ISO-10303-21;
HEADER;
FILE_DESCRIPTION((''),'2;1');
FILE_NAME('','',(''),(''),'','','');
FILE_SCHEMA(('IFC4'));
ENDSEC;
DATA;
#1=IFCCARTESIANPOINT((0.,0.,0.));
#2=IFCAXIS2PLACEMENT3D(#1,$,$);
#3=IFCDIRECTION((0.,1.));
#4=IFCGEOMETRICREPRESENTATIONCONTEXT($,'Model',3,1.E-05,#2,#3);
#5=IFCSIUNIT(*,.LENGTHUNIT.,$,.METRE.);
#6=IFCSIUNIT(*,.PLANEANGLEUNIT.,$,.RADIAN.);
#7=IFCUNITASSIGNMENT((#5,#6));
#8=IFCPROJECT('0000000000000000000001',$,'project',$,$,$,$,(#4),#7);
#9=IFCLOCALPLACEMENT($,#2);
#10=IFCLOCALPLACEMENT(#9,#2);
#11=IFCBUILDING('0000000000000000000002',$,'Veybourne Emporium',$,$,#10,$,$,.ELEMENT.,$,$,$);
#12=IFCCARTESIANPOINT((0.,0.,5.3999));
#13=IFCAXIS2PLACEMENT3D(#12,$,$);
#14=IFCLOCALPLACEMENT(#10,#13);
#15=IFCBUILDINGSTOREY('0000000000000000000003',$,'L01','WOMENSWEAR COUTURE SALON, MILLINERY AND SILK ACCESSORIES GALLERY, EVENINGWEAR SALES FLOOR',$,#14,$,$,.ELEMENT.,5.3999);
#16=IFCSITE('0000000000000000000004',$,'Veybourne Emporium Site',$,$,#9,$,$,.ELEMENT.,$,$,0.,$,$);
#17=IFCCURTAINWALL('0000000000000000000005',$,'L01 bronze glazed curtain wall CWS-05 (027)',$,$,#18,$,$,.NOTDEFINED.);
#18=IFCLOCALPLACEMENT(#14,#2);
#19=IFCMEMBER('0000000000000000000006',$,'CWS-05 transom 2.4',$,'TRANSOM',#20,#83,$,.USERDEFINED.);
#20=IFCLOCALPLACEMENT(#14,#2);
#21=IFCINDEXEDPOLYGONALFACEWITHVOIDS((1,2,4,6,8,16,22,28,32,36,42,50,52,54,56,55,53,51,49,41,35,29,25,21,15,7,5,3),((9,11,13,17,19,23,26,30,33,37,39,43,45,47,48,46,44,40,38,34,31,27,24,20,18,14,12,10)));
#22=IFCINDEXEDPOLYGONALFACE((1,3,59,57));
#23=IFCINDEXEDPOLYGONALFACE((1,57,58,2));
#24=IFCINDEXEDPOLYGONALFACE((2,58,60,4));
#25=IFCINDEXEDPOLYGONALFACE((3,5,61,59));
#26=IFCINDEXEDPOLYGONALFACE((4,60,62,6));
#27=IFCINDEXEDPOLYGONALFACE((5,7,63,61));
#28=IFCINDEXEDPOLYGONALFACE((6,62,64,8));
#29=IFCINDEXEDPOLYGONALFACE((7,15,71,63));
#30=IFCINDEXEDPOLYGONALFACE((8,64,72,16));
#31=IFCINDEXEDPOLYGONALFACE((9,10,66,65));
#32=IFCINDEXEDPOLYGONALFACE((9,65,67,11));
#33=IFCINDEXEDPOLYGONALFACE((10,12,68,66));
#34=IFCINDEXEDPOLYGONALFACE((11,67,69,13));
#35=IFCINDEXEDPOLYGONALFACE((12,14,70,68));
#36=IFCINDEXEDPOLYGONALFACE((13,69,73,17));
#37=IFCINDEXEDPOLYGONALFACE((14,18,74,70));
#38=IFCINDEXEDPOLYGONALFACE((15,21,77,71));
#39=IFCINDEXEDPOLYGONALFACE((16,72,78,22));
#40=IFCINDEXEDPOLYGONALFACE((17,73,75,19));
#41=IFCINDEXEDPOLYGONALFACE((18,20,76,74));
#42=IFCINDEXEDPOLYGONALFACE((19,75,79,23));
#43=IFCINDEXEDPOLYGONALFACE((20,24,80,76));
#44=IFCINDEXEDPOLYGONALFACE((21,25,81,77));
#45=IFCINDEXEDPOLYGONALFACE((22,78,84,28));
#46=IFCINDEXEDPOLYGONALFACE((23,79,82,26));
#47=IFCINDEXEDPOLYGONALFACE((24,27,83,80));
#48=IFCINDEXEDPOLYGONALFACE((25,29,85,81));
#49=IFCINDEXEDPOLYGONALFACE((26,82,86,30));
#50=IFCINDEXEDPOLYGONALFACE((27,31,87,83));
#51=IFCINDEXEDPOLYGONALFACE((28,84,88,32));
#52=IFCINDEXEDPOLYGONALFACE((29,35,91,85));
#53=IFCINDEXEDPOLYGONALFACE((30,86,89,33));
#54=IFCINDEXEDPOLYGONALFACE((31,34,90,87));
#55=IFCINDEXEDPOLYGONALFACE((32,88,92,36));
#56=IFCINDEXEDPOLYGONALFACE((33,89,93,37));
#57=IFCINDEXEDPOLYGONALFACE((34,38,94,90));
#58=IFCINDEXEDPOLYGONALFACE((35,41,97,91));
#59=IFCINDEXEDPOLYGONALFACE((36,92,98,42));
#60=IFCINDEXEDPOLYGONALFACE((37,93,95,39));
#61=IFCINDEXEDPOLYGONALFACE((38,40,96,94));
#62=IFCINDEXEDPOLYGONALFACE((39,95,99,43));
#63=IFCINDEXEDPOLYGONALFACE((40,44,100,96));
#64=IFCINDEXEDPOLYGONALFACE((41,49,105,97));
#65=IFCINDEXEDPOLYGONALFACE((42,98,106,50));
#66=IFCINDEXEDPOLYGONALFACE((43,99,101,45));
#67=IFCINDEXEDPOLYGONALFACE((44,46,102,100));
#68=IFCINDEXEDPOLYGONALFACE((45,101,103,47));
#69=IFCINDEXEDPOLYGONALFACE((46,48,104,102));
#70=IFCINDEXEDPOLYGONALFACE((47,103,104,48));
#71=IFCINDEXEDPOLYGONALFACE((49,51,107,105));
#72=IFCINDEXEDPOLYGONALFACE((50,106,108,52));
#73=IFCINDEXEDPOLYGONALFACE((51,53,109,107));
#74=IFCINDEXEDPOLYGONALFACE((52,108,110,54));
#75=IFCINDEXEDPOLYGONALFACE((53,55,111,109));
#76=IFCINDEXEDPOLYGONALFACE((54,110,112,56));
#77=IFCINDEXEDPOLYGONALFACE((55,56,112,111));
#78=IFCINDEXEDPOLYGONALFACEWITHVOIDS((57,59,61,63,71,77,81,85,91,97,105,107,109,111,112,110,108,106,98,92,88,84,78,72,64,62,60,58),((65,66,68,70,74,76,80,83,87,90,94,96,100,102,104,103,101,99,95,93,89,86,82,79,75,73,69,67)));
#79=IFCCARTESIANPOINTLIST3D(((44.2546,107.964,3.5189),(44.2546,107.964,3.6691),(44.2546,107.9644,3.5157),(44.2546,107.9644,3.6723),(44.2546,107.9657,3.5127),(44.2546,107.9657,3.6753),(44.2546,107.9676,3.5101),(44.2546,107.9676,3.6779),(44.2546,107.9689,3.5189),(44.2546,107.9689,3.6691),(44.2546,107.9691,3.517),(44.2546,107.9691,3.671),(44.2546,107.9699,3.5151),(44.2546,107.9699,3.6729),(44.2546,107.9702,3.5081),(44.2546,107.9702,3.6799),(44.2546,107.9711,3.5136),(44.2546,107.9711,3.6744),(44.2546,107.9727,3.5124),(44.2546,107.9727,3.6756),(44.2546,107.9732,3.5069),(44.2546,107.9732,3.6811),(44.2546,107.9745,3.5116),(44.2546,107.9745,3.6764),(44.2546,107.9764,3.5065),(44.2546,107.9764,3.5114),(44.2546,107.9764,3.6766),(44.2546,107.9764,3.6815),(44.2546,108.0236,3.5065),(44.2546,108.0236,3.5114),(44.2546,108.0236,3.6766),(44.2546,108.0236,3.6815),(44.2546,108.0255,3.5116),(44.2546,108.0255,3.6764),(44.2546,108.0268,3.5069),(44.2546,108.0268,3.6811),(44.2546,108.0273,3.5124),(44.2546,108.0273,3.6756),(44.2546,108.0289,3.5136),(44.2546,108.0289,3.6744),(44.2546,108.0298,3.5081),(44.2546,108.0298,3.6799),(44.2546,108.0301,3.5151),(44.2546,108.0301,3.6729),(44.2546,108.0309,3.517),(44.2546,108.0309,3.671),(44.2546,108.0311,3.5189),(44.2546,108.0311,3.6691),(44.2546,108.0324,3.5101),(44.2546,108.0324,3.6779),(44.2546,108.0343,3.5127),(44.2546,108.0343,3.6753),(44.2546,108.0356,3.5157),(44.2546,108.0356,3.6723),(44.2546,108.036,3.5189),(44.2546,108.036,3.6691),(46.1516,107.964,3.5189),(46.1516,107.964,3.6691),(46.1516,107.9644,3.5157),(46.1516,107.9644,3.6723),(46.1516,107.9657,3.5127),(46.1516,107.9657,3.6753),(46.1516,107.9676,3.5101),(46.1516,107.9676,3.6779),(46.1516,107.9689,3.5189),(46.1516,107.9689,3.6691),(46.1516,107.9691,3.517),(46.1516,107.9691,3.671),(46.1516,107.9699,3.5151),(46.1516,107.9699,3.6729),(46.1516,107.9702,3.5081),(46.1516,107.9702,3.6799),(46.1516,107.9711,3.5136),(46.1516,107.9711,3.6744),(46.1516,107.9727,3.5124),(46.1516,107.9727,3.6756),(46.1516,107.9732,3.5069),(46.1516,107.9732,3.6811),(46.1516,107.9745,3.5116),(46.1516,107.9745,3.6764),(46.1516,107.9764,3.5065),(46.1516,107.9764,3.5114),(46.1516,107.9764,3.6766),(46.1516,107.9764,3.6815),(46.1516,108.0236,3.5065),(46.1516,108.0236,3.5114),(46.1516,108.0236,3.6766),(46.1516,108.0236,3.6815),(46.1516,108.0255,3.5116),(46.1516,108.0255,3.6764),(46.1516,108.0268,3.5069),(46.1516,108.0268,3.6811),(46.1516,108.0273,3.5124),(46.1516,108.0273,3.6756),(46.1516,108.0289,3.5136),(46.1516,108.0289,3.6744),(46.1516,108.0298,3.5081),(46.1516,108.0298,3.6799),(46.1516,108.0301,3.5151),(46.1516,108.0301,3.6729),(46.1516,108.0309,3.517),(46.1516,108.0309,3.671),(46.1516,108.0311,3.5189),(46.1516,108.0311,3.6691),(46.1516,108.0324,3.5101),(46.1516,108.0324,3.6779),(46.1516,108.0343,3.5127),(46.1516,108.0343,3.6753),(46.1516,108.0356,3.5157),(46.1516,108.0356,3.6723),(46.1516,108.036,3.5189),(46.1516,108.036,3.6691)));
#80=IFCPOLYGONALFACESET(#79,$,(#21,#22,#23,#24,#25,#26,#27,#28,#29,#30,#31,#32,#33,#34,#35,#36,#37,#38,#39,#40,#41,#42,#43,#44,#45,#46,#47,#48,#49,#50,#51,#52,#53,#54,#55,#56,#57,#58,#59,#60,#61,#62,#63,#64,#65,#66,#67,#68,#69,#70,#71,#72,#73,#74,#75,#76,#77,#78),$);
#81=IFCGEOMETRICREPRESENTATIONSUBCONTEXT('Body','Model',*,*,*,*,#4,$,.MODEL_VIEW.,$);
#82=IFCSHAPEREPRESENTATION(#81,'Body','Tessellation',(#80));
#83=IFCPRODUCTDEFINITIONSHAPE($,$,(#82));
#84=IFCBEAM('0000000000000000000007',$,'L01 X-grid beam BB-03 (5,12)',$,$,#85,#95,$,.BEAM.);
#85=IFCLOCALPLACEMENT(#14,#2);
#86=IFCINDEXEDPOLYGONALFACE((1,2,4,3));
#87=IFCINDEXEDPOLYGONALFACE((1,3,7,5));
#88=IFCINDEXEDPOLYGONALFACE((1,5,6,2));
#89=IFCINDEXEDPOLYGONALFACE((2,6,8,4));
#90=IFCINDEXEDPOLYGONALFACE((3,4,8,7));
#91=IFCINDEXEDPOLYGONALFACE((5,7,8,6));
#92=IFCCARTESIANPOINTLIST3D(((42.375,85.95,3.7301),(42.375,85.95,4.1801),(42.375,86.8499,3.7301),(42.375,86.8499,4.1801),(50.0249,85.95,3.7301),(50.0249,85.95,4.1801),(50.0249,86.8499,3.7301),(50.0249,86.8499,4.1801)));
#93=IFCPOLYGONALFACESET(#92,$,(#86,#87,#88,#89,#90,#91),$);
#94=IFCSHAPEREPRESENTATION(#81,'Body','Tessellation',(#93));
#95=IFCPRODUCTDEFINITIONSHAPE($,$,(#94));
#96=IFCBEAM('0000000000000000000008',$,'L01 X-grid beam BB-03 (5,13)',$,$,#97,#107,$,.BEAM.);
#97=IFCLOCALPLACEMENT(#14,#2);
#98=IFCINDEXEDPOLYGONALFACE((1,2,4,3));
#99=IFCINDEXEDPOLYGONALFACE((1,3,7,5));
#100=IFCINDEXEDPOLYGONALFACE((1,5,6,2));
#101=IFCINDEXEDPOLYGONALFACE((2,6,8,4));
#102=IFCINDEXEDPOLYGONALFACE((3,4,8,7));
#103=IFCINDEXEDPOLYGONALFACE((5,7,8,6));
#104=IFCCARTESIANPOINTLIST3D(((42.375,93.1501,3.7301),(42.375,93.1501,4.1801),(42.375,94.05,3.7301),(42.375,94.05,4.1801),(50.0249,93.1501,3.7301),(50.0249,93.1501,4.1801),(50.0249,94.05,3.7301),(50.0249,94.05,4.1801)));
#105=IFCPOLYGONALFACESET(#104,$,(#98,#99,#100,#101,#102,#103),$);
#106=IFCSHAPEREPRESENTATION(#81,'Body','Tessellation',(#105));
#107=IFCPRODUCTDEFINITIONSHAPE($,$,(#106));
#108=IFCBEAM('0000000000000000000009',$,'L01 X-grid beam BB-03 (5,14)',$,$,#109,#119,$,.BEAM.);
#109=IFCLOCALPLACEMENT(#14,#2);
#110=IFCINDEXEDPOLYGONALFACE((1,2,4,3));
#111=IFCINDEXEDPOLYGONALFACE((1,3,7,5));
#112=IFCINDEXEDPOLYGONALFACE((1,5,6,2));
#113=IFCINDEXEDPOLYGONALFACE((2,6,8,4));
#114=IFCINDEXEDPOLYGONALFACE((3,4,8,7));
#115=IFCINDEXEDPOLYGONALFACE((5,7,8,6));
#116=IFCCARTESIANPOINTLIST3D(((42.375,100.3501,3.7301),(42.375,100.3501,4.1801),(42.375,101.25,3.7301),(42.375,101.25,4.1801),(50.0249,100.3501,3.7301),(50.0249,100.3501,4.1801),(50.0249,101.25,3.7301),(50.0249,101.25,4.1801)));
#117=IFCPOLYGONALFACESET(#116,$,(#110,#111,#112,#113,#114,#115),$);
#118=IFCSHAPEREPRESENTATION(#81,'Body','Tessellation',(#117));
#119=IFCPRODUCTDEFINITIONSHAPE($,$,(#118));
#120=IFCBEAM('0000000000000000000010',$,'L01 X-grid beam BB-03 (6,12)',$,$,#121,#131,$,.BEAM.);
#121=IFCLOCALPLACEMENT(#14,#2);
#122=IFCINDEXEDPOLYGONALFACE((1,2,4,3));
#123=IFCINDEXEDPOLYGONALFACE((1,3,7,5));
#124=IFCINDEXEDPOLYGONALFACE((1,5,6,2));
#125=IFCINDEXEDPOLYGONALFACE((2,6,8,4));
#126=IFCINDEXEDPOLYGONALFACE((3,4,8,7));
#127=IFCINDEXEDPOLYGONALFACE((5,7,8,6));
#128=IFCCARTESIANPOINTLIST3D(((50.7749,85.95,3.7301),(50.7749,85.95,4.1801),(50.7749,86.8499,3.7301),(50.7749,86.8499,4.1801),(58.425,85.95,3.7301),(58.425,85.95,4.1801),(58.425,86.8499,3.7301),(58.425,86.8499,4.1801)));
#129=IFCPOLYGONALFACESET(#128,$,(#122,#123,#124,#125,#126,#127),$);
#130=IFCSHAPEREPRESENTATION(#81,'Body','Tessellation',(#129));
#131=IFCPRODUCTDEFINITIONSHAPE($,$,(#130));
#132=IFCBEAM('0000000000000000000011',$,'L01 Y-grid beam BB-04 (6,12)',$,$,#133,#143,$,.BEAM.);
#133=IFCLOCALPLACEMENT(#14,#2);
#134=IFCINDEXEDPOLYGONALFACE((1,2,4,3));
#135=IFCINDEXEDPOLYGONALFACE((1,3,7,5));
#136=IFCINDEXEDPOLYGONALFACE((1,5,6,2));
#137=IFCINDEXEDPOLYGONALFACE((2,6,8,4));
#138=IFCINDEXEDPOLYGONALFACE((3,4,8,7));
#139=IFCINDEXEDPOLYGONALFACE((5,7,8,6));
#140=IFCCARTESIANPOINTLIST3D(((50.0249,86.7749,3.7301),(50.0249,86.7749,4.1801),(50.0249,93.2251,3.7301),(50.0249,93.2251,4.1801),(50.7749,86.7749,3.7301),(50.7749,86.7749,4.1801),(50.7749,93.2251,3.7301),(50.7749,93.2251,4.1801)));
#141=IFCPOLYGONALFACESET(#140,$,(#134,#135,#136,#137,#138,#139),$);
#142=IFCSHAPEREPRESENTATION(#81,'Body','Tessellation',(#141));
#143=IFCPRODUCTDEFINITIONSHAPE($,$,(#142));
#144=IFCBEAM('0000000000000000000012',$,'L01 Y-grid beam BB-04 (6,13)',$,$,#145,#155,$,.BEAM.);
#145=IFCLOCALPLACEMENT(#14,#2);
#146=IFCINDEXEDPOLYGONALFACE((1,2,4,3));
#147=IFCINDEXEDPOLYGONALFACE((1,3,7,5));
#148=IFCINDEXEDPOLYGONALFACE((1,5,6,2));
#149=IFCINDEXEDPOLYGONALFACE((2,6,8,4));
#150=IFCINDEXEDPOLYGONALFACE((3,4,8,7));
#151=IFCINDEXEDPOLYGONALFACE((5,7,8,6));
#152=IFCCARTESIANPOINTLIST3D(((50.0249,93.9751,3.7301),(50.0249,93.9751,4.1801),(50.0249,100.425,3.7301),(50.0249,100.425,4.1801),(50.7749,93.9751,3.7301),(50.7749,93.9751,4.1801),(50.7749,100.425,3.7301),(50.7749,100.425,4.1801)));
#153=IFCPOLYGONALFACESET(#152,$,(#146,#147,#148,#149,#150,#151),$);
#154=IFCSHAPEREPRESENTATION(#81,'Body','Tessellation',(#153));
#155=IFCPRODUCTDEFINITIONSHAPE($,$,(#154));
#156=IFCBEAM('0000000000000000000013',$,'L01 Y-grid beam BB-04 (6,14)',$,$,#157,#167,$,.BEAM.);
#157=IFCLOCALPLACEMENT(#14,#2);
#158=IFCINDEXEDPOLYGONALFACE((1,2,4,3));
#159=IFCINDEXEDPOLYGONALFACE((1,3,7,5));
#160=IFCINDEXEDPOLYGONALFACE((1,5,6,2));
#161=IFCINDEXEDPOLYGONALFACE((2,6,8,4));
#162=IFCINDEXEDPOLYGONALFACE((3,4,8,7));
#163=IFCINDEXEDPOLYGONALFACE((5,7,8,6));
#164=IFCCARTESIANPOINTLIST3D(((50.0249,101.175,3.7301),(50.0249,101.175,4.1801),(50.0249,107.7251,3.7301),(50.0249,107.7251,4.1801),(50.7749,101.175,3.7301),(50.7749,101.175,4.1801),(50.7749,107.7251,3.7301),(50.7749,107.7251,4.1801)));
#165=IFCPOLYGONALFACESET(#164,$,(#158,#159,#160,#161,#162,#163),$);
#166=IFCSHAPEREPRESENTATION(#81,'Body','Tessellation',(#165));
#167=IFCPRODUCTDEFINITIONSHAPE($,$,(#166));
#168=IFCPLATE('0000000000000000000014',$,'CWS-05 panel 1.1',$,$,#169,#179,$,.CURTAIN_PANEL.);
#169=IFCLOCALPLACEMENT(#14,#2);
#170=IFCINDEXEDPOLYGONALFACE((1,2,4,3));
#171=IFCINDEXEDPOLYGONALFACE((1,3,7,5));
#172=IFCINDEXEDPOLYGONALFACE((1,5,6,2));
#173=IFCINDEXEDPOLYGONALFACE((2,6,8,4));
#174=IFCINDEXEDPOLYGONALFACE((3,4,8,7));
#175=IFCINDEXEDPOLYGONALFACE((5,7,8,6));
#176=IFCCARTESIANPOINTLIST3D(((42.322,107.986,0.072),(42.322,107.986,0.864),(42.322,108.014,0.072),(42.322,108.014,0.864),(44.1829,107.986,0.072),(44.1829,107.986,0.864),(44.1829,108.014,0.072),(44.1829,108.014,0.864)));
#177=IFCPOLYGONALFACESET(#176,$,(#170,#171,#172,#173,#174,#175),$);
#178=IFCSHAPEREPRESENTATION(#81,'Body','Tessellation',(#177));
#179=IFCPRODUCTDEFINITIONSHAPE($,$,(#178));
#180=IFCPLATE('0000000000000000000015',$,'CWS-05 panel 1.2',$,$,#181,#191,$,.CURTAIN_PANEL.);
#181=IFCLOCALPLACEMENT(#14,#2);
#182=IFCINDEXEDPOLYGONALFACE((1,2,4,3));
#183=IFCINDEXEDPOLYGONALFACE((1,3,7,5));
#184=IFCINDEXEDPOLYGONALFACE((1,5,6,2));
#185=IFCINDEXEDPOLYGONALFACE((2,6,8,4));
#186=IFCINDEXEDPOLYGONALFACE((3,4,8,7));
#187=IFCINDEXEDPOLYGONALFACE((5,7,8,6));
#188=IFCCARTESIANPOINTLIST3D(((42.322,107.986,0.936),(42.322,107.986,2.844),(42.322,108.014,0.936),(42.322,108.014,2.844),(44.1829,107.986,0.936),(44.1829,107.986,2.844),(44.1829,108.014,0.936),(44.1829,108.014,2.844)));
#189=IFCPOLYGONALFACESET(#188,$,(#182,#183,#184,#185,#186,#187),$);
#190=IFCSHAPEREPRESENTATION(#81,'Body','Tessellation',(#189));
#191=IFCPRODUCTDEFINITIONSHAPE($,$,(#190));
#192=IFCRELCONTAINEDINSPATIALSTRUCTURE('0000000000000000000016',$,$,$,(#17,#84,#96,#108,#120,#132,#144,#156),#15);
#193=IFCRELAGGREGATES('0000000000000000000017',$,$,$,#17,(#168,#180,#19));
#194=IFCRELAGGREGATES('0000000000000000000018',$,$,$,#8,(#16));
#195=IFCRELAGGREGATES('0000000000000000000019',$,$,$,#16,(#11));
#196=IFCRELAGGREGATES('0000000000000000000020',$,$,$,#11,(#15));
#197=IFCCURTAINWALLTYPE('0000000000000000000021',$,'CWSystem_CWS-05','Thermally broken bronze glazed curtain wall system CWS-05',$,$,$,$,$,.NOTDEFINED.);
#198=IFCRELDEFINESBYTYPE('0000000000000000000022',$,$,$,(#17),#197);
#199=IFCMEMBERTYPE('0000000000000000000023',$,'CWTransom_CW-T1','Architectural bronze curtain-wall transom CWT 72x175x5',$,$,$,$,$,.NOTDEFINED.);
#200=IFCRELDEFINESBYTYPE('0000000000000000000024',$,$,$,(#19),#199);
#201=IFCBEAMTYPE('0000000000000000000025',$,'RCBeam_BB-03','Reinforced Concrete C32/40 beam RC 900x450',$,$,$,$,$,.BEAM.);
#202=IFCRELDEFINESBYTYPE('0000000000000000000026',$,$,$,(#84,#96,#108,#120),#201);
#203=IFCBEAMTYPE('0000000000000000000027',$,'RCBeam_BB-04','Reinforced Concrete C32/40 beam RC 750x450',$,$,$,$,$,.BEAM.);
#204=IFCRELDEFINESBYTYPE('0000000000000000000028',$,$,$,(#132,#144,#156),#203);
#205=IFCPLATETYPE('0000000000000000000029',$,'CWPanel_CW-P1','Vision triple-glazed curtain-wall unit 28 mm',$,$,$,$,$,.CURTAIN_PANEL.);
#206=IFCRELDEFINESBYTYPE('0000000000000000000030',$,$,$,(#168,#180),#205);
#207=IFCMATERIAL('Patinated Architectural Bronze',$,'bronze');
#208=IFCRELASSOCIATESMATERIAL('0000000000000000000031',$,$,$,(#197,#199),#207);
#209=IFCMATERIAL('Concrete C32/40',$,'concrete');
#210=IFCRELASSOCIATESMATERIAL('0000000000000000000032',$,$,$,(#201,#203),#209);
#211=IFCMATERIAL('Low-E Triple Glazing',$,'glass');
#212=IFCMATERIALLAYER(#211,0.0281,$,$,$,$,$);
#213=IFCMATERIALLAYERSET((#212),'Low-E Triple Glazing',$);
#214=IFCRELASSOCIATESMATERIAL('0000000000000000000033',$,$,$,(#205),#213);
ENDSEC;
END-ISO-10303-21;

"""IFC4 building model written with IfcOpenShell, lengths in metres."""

from ifc_helpers import new_model, si_unit, direction, frame, origin, origin_2d, place, context, subcontext, project, spatial, rectangle, hollow_rectangle, extrude, material, layer, layer_set, material_profile, profile_set, type_object, element, aggregate, save


model = new_model("IFC4")

# Units and contexts
model_context = context("Model", 3, precision=1e-05, world=origin(), true_north=direction((0.0, 1.0)))
body_context = subcontext(model_context, "Body", "Model", "MODEL_VIEW")
ifc_project = project(units=[si_unit("LENGTHUNIT", "METRE"), si_unit("PLANEANGLEUNIT", "RADIAN")], contexts=[model_context])

# Site, building, storey
site_placement = place(None, origin())
site = spatial("IfcSite", under=ifc_project, at=site_placement, Name="Veybourne Emporium Site", CompositionType="ELEMENT", RefElevation=0.0)
building_placement = place(site_placement, origin())
building = spatial("IfcBuilding", under=site, at=building_placement, Name="Veybourne Emporium", CompositionType="ELEMENT")
storey_placement = place(building_placement, frame((0.0, 0.0, 5.3999)))
storey = spatial("IfcBuildingStorey", under=building, at=storey_placement, Name="L01", Description="WOMENSWEAR COUTURE SALON, MILLINERY AND SILK ACCESSORIES GALLERY, EVENINGWEAR SALES FLOOR", CompositionType="ELEMENT", Elevation=5.3999)

# Curtain wall, member
ifc_material_1 = material(Name="Patinated Architectural Bronze", Category="bronze")
curtain_wall_type = type_object("IfcCurtainWallType", Name="CWSystem_CWS-05", Description="Thermally broken bronze glazed curtain wall system CWS-05", PredefinedType="NOTDEFINED", material=ifc_material_1)
curtain_wall_placement = place(storey_placement, origin())
curtain_wall = element("IfcCurtainWall", 1, at=curtain_wall_placement, inside=storey, type_object=curtain_wall_type, Name="L01 bronze glazed curtain wall CWS-05 (027)", PredefinedType="NOTDEFINED")
ifc_material_profile_1 = material_profile(ifc_material_1, hollow_rectangle(XDim=0.072, YDim=0.175, WallThickness=0.0049, InnerFilletRadius=0.0076, OuterFilletRadius=0.0125, at=origin_2d()), Name="CWT 72x175x5")
ifc_profile_set_1 = profile_set([ifc_material_profile_1], Name="Patinated Architectural Bronze")
member_type_1 = type_object("IfcMemberType", Name="CWTransom_CW-T1", Description="Architectural bronze curtain-wall transom CWT 72x175x5", PredefinedType="NOTDEFINED", material=ifc_profile_set_1)
member_1_placement = place(storey_placement, frame((44.2546, 108.0, 3.594), z_axis=(1.0, 0.0, 0.0), x_axis=(0.0, 1.0, 0.0)))
member_1 = element("IfcMember", 2, at=member_1_placement, type_object=member_type_1, Name="CWS-05 transom 2.4", ObjectType="TRANSOM", PredefinedType="USERDEFINED", context=body_context, shape_type="SweptSolid", body=[
    extrude(hollow_rectangle(XDim=0.072, YDim=0.175, WallThickness=0.0049, InnerFilletRadius=0.0076, OuterFilletRadius=0.0125, at=origin_2d()), origin(), (0.0, 0.0, 1.0), 1.897),
])

# Beams
ifc_material_2 = material(Name="Concrete C32/40", Category="concrete")
ifc_material_profile_2 = material_profile(ifc_material_2, rectangle(XDim=0.8999, YDim=0.45, at=origin_2d()), Name="RC 900x450")
ifc_profile_set_2 = profile_set([ifc_material_profile_2], Name="Concrete C32/40")
beam_type_1 = type_object("IfcBeamType", Name="RCBeam_BB-03", Description="Reinforced Concrete C32/40 beam RC 900x450", PredefinedType="BEAM", material=ifc_profile_set_2)
for number, where, z_axis, x_axis, name in (
    (3, (42.375, 86.3999, 3.9551), (1.0, 0.0, 0.0), (0.0, 1.0, 0.0), "L01 X-grid beam BB-03 (5,12)"),
    (4, (42.375, 93.6001, 3.9551), (1.0, 0.0, 0.0), (0.0, 1.0, 0.0), "L01 X-grid beam BB-03 (5,13)"),
    (5, (42.375, 100.8, 3.9551), (1.0, 0.0, 0.0), (0.0, 1.0, 0.0), "L01 X-grid beam BB-03 (5,14)"),
):
    element("IfcBeam", number, at=place(storey_placement, frame(where, z_axis=z_axis, x_axis=x_axis)), inside=storey, type_object=beam_type_1, Name=name, PredefinedType="BEAM", context=body_context, shape_type="SweptSolid", body=[
        extrude(rectangle(XDim=0.8999, YDim=0.45, at=origin_2d()), origin(), (0.0, 0.0, 1.0), 7.6499),
    ])
beam_1_placement = place(storey_placement, frame((50.7749, 86.3999, 3.9551), z_axis=(1.0, 0.0, 0.0), x_axis=(0.0, 1.0, 0.0)))
element("IfcBeam", 6, at=beam_1_placement, inside=storey, type_object=beam_type_1, Name="L01 X-grid beam BB-03 (6,12)", PredefinedType="BEAM", context=body_context, shape_type="SweptSolid", body=[
    extrude(rectangle(XDim=0.8999, YDim=0.45, at=origin_2d()), origin(), (0.0, 0.0, 1.0), 7.6501),
])
ifc_material_profile_3 = material_profile(ifc_material_2, rectangle(XDim=0.75, YDim=0.45, at=origin_2d()), Name="RC 750x450")
ifc_profile_set_3 = profile_set([ifc_material_profile_3], Name="Concrete C32/40")
beam_type_2 = type_object("IfcBeamType", Name="RCBeam_BB-04", Description="Reinforced Concrete C32/40 beam RC 750x450", PredefinedType="BEAM", material=ifc_profile_set_3)
beam_2_placement = place(storey_placement, frame((50.3999, 86.7749, 3.9551), z_axis=(0.0, 1.0, 0.0), x_axis=(-1.0, 0.0, 0.0)))
element("IfcBeam", 7, at=beam_2_placement, inside=storey, type_object=beam_type_2, Name="L01 Y-grid beam BB-04 (6,12)", PredefinedType="BEAM", context=body_context, shape_type="SweptSolid", body=[
    extrude(rectangle(XDim=0.75, YDim=0.45, at=origin_2d()), origin(), (0.0, 0.0, 1.0), 6.4502),
])
beam_3_placement = place(storey_placement, frame((50.3999, 93.9751, 3.9551), z_axis=(0.0, 1.0, 0.0), x_axis=(-1.0, 0.0, 0.0)))
element("IfcBeam", 8, at=beam_3_placement, inside=storey, type_object=beam_type_2, Name="L01 Y-grid beam BB-04 (6,13)", PredefinedType="BEAM", context=body_context, shape_type="SweptSolid", body=[
    extrude(rectangle(XDim=0.75, YDim=0.45, at=origin_2d()), origin(), (0.0, 0.0, 1.0), 6.45),
])
beam_4_placement = place(storey_placement, frame((50.3999, 101.175, 3.9551), z_axis=(0.0, 1.0, 0.0), x_axis=(-1.0, 0.0, 0.0)))
element("IfcBeam", 9, at=beam_4_placement, inside=storey, type_object=beam_type_2, Name="L01 Y-grid beam BB-04 (6,14)", PredefinedType="BEAM", context=body_context, shape_type="SweptSolid", body=[
    extrude(rectangle(XDim=0.75, YDim=0.45, at=origin_2d()), origin(), (0.0, 0.0, 1.0), 6.55),
])

# Plates
ifc_material_3 = material(Name="Low-E Triple Glazing", Category="glass")
ifc_layer = layer(ifc_material_3, 0.0281)
ifc_layer_set = layer_set([ifc_layer], Name="Low-E Triple Glazing")
plate_type = type_object("IfcPlateType", Name="CWPanel_CW-P1", Description="Vision triple-glazed curtain-wall unit 28 mm", PredefinedType="CURTAIN_PANEL", material=ifc_layer_set)
plate_1_placement = place(storey_placement, frame((43.2524, 108.0, 0.072), z_axis=(0.0, 0.0, 1.0), x_axis=(1.0, 0.0, 0.0)))
plate_1 = element("IfcPlate", 10, at=plate_1_placement, type_object=plate_type, Name="CWS-05 panel 1.1", PredefinedType="CURTAIN_PANEL", context=body_context, shape_type="SweptSolid", body=[
    extrude(rectangle(XDim=1.8608, YDim=0.0281, at=origin_2d()), origin(), (0.0, 0.0, 1.0), 0.792),
])
plate_2_placement = place(storey_placement, frame((43.2524, 108.0, 0.936), z_axis=(0.0, 0.0, 1.0), x_axis=(1.0, 0.0, 0.0)))
plate_2 = element("IfcPlate", 11, at=plate_2_placement, type_object=plate_type, Name="CWS-05 panel 1.2", PredefinedType="CURTAIN_PANEL", context=body_context, shape_type="SweptSolid", body=[
    extrude(rectangle(XDim=1.8608, YDim=0.0281, at=origin_2d()), origin(), (0.0, 0.0, 1.0), 1.908),
])
aggregate(curtain_wall, [plate_1, plate_2, member_1])

save(model, "model.ifc")
